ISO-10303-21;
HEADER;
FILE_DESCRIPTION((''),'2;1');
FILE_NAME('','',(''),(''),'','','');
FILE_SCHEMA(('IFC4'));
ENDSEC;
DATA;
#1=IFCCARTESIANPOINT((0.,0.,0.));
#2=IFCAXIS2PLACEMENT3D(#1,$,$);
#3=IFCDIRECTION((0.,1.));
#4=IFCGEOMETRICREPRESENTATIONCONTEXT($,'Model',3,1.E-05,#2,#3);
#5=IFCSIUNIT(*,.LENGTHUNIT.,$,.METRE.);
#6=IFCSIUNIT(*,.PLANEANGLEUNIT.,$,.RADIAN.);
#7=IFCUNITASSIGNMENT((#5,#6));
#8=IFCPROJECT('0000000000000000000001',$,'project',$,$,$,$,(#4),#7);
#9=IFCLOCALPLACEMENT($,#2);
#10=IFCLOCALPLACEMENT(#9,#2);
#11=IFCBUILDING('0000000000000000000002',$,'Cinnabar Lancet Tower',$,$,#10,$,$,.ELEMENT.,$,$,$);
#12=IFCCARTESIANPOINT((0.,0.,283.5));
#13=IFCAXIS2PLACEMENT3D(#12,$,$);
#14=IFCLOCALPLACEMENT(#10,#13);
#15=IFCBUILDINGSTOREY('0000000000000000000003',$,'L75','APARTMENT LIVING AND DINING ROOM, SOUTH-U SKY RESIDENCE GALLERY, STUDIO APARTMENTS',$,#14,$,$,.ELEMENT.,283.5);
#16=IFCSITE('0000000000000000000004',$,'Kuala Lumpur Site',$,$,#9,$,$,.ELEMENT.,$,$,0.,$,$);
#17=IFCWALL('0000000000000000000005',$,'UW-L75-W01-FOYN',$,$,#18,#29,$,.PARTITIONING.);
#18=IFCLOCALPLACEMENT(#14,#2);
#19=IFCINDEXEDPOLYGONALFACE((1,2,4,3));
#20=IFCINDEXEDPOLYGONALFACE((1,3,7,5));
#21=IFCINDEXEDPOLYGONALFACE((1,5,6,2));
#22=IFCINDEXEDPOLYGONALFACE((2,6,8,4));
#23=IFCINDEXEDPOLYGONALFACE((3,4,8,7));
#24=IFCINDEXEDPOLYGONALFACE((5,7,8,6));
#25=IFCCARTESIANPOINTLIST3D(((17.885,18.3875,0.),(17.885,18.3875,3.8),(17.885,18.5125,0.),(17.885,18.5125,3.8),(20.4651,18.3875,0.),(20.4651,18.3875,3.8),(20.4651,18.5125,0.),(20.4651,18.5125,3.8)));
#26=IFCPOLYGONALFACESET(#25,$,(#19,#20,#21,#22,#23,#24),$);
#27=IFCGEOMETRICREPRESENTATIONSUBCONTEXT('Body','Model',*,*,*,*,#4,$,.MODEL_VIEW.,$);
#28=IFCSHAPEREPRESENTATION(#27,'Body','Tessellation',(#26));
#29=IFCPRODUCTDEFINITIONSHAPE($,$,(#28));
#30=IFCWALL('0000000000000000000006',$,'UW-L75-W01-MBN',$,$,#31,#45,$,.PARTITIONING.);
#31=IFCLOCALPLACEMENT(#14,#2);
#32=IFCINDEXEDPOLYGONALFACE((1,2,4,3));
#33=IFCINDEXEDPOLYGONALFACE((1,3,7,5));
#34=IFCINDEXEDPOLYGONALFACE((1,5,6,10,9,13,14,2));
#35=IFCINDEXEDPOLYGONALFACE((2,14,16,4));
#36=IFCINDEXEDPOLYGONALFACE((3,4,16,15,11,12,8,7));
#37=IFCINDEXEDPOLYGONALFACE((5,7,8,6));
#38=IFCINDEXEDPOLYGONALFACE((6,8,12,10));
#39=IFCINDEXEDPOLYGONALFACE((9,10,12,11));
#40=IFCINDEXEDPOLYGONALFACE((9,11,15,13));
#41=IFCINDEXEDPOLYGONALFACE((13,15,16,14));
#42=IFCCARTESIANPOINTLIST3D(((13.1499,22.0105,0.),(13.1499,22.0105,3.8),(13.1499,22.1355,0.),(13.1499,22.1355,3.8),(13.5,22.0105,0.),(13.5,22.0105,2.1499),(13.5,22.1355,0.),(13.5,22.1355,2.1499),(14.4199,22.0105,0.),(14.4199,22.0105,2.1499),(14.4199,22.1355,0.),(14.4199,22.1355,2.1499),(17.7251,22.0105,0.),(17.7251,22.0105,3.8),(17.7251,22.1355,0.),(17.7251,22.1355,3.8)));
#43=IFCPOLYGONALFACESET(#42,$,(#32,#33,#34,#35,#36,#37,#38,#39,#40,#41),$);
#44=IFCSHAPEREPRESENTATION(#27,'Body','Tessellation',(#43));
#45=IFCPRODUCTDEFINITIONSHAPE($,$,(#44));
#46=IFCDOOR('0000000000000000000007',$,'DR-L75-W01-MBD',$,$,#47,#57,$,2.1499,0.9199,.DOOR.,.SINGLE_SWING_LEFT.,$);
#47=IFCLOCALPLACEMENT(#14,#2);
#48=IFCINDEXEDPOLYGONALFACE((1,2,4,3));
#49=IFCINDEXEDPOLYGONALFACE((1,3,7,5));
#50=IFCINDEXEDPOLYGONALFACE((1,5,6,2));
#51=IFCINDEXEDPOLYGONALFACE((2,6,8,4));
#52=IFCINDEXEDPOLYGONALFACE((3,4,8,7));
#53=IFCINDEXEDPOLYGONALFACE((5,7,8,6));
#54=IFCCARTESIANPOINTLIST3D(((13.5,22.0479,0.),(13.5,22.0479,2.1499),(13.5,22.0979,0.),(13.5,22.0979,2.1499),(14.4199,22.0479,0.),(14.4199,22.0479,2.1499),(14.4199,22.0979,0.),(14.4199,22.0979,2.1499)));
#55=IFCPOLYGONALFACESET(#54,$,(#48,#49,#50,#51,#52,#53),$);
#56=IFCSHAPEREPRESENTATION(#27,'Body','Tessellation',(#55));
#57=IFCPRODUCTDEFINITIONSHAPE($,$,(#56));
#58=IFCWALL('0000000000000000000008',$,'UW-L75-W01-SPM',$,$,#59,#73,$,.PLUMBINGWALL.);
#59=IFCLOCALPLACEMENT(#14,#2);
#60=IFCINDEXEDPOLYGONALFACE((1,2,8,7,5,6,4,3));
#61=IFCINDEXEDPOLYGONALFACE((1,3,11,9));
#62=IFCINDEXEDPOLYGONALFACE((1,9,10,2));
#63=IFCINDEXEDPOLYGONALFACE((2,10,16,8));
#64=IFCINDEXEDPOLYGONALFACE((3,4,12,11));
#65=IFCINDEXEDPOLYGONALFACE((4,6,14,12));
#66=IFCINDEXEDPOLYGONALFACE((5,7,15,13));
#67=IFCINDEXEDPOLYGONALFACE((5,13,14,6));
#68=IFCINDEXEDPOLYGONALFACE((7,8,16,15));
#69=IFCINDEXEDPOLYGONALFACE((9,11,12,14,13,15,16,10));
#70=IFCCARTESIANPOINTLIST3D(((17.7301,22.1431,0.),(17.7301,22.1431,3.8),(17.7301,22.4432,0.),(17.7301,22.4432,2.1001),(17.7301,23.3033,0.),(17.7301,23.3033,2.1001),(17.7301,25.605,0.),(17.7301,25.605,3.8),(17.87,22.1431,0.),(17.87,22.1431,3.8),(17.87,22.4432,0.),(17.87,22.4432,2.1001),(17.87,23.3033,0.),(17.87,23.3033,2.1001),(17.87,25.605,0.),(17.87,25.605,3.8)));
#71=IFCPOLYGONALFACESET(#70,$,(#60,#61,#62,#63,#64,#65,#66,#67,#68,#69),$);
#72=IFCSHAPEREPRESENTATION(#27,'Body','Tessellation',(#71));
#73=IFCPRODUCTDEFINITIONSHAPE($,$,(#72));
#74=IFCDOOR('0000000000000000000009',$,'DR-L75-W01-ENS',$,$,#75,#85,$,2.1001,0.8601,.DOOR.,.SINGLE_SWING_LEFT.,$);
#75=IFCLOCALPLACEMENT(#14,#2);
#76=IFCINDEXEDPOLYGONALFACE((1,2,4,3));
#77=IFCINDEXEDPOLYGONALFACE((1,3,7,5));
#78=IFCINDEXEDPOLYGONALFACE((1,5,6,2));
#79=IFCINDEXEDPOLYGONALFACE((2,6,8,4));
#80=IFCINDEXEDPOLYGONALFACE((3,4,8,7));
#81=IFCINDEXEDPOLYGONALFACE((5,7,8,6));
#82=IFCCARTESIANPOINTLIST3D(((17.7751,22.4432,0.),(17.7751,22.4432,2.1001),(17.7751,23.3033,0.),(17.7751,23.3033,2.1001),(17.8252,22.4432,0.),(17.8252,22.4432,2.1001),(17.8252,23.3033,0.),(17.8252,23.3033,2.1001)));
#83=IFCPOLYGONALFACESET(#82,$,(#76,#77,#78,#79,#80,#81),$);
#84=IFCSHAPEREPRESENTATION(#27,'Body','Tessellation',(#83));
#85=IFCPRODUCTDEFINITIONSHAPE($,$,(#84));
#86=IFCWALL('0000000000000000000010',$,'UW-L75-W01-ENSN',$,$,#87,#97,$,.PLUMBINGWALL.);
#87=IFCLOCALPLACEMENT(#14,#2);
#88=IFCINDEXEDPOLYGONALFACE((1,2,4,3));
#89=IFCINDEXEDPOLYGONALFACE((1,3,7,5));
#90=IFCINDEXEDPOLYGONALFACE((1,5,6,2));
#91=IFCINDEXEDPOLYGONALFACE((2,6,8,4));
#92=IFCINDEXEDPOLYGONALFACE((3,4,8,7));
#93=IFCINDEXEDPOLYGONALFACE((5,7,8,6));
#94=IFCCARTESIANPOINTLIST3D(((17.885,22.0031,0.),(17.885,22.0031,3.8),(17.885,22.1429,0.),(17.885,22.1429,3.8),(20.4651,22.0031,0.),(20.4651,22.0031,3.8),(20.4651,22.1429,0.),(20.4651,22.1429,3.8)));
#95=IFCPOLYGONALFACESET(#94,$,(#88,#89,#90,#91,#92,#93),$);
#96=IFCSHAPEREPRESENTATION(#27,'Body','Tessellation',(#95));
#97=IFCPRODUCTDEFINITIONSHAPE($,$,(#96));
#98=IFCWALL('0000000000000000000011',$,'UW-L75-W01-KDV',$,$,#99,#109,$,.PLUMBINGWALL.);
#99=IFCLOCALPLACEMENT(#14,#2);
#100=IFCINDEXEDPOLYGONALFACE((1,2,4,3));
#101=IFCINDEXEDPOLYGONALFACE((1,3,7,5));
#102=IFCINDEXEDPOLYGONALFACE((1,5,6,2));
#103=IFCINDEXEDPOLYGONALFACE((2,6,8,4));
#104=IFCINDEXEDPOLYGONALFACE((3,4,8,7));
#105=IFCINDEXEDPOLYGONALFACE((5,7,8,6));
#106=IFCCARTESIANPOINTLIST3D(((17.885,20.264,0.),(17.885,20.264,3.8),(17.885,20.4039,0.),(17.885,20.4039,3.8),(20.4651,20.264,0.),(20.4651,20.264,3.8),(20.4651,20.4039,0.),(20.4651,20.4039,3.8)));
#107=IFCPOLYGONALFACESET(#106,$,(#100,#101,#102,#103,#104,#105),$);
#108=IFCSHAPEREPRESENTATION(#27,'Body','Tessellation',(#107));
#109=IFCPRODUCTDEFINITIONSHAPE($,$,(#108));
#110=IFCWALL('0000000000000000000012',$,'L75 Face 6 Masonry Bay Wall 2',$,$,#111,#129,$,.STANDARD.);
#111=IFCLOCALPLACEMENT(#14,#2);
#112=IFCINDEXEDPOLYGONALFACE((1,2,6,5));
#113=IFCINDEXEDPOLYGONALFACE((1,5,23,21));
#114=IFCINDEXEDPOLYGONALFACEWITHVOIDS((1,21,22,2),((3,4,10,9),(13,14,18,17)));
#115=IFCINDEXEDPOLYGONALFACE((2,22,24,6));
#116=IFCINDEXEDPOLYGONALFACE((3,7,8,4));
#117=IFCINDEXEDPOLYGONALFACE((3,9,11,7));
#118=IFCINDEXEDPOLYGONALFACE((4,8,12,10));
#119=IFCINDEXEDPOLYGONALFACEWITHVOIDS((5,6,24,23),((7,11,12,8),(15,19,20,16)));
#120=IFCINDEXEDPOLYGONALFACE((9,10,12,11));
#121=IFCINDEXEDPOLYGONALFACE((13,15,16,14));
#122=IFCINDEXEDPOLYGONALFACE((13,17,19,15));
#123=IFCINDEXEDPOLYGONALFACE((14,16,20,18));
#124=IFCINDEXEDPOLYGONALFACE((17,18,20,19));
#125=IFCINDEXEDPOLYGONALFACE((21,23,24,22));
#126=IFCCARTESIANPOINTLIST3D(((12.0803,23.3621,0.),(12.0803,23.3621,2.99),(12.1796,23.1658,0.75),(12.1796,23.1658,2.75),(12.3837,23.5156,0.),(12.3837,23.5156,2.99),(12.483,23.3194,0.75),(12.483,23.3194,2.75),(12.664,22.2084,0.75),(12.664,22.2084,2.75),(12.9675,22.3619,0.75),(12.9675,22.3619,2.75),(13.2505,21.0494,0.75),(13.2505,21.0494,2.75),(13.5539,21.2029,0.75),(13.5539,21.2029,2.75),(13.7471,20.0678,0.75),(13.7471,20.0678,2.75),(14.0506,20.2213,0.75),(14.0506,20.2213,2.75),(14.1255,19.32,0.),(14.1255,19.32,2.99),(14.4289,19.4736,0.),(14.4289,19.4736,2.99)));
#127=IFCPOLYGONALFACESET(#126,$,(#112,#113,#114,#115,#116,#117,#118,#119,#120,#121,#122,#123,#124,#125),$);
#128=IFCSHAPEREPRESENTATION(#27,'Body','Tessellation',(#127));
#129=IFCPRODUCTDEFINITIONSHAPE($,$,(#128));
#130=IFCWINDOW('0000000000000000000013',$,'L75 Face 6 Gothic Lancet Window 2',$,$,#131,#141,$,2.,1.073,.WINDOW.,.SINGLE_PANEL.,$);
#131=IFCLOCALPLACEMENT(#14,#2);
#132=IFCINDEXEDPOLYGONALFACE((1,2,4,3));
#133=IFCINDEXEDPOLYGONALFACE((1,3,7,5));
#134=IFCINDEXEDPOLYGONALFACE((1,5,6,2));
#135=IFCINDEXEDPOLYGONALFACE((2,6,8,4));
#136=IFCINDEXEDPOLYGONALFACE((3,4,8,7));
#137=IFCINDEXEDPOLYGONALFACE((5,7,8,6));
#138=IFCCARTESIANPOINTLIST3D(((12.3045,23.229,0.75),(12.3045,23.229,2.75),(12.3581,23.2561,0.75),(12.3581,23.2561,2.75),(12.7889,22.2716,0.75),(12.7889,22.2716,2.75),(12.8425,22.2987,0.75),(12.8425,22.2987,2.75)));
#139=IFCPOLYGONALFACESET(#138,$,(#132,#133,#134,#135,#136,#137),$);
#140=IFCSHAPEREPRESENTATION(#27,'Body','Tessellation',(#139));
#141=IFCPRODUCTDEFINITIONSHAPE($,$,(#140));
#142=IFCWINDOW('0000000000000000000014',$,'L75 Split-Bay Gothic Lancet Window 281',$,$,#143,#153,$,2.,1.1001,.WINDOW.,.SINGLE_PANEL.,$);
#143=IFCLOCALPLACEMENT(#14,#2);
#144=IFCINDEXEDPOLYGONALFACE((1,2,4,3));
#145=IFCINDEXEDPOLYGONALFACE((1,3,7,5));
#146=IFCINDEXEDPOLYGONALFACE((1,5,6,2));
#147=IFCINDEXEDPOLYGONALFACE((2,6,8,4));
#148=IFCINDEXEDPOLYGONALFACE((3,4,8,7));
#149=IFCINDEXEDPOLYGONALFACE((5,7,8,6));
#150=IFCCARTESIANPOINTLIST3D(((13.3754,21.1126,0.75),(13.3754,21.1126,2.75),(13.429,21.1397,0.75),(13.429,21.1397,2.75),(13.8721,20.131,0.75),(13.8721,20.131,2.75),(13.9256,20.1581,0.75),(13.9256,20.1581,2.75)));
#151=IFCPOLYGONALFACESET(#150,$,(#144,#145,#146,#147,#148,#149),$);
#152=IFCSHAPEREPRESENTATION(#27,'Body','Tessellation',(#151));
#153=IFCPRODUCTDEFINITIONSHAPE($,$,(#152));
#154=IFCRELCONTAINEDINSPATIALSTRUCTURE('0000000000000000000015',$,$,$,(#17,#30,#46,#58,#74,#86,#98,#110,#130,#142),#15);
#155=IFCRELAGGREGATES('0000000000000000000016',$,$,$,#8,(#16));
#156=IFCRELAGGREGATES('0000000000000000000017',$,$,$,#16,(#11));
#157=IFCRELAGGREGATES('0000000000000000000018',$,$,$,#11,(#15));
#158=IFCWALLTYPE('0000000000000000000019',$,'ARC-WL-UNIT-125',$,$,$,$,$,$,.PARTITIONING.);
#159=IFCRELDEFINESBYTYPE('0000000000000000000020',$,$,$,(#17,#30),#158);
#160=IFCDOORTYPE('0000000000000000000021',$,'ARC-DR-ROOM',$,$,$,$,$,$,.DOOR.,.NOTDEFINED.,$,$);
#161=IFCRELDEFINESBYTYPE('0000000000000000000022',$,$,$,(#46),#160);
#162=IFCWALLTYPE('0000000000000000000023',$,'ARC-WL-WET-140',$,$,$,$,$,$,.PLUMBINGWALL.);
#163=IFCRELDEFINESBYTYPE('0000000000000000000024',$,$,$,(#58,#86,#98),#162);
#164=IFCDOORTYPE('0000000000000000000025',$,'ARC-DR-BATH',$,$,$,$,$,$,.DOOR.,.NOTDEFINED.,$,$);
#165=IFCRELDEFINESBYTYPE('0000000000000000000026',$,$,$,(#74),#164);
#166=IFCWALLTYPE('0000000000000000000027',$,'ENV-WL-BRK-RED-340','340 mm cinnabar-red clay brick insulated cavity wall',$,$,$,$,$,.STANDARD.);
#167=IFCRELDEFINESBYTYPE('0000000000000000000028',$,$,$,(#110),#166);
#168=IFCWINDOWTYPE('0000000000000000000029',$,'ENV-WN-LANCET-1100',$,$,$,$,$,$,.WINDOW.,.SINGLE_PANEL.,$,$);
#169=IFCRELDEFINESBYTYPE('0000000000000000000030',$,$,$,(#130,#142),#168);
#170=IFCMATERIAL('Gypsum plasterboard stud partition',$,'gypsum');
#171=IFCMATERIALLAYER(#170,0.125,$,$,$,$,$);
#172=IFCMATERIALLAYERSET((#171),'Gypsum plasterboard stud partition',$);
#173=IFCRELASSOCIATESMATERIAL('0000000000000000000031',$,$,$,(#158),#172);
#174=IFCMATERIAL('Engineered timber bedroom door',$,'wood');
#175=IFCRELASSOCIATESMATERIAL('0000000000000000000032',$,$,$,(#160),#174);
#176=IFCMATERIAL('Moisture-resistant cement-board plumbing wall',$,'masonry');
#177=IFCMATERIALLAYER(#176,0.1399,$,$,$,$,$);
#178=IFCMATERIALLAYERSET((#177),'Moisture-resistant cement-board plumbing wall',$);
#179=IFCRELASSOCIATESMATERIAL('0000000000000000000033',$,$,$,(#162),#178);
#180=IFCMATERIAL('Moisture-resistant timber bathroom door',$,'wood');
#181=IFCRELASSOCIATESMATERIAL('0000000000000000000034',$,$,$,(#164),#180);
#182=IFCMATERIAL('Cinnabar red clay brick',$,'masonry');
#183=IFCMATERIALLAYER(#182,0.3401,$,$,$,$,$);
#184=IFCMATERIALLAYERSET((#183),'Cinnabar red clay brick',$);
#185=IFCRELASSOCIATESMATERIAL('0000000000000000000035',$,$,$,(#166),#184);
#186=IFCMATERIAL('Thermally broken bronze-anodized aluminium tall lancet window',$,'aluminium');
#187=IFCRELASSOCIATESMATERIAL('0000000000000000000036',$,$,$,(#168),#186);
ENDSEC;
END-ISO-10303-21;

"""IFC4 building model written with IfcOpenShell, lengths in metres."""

from ifc_helpers import new_model, si_unit, direction, frame, frame_2d, origin, place, context, subcontext, project, spatial, rectangle, extrude, material, layer, layer_set, type_object, element, fill, save


model = new_model("IFC4")

# Units and contexts
model_context = context("Model", 3, precision=1e-05, world=origin(), true_north=direction((0.0, 1.0)))
body_context = subcontext(model_context, "Body", "Model", "MODEL_VIEW")
ifc_project = project(units=[si_unit("LENGTHUNIT", "METRE"), si_unit("PLANEANGLEUNIT", "RADIAN")], contexts=[model_context])

# Site, building, storey
site_placement = place(None, origin())
site = spatial("IfcSite", under=ifc_project, at=site_placement, Name="Kuala Lumpur Site", CompositionType="ELEMENT", RefElevation=0.0)
building_placement = place(site_placement, origin())
building = spatial("IfcBuilding", under=site, at=building_placement, Name="Cinnabar Lancet Tower", CompositionType="ELEMENT")
storey_placement = place(building_placement, frame((0.0, 0.0, 283.5)))
storey = spatial("IfcBuildingStorey", under=building, at=storey_placement, Name="L75", Description="APARTMENT LIVING AND DINING ROOM, SOUTH-U SKY RESIDENCE GALLERY, STUDIO APARTMENTS", CompositionType="ELEMENT", Elevation=283.5)

# Wall
ifc_material_1 = material(Name="Gypsum plasterboard stud partition", Category="gypsum")
ifc_layer_1 = layer(ifc_material_1, 0.125)
ifc_layer_set_1 = layer_set([ifc_layer_1], Name="Gypsum plasterboard stud partition")
wall_type_1 = type_object("IfcWallType", Name="ARC-WL-UNIT-125", PredefinedType="PARTITIONING", material=ifc_layer_set_1)
wall_1_placement = place(storey_placement, frame((17.885, 18.45, 0.0), z_axis=(0.0, 0.0, 1.0), x_axis=(1.0, 0.0, 0.0)))
element("IfcWall", 1, at=wall_1_placement, inside=storey, type_object=wall_type_1, Name="UW-L75-W01-FOYN", PredefinedType="PARTITIONING", context=body_context, shape_type="SweptSolid", body=[
    extrude(rectangle(XDim=2.5801, YDim=0.125, at=frame_2d((1.29, 0.0))), origin(), (0.0, 0.0, 1.0), 3.8),
])

# Wall, opening, door
wall_2_placement = place(storey_placement, frame((13.1499, 22.073, 0.0), z_axis=(0.0, 0.0, 1.0), x_axis=(1.0, 0.0, 0.0)))
wall_2 = element("IfcWall", 2, at=wall_2_placement, inside=storey, type_object=wall_type_1, Name="UW-L75-W01-MBN", PredefinedType="PARTITIONING", context=body_context, shape_type="SweptSolid", body=[
    extrude(rectangle(XDim=4.5752, YDim=0.125, at=frame_2d((2.2876, 0.0))), origin(), (0.0, 0.0, 1.0), 3.8),
])
opening_1_placement = place(wall_2_placement, frame((0.3501, 0.0, 0.0)))
opening_1 = element("IfcOpeningElement", 3, at=opening_1_placement, cuts=wall_2, PredefinedType="OPENING", context=body_context, shape_type="SweptSolid", body=[
    extrude(rectangle(XDim=0.9199, YDim=2.1499, at=frame_2d((0.46, 1.075))), frame((0.0, 0.0725, 0.0), z_axis=(0.0, -1.0, 0.0), x_axis=(1.0, 0.0, 0.0)), (0.0, 0.0, 1.0), 0.145),
])
ifc_material_2 = material(Name="Engineered timber bedroom door", Category="wood")
door_type_1 = type_object("IfcDoorType", Name="ARC-DR-ROOM", OperationType="NOTDEFINED", PredefinedType="DOOR", material=ifc_material_2)
door_1_placement = place(opening_1_placement, origin())
door_1 = element("IfcDoor", 4, at=door_1_placement, inside=storey, type_object=door_type_1, Name="DR-L75-W01-MBD", OperationType="SINGLE_SWING_LEFT", OverallHeight=2.1499, OverallWidth=0.9199, PredefinedType="DOOR", context=body_context, shape_type="SweptSolid", body=[
    extrude(rectangle(XDim=0.9199, YDim=2.1499, at=frame_2d((0.46, 1.075))), frame((0.0, 0.0249, 0.0), z_axis=(0.0, -1.0, 0.0), x_axis=(1.0, 0.0, 0.0)), (0.0, 0.0, 1.0), 0.05),
])
fill(opening_1, door_1)

# Shared definitions
ifc_material_3 = material(Name="Moisture-resistant cement-board plumbing wall", Category="masonry")
ifc_layer_2 = layer(ifc_material_3, 0.1399)
ifc_layer_set_2 = layer_set([ifc_layer_2], Name="Moisture-resistant cement-board plumbing wall")
wall_type_2 = type_object("IfcWallType", Name="ARC-WL-WET-140", PredefinedType="PLUMBINGWALL", material=ifc_layer_set_2)
ifc_material_4 = material(Name="Moisture-resistant timber bathroom door", Category="wood")
door_type_2 = type_object("IfcDoorType", Name="ARC-DR-BATH", OperationType="NOTDEFINED", PredefinedType="DOOR", material=ifc_material_4)

# Wall, opening, door
wall_3_placement = place(storey_placement, frame((17.8, 22.1431, 0.0), z_axis=(0.0, 0.0, 1.0), x_axis=(0.0, 1.0, 0.0)))
wall_3 = element("IfcWall", 5, at=wall_3_placement, inside=storey, type_object=wall_type_2, Name="UW-L75-W01-SPM", PredefinedType="PLUMBINGWALL", context=body_context, shape_type="SweptSolid", body=[
    extrude(rectangle(XDim=3.4619, YDim=0.1399, at=frame_2d((1.731, 0.0))), origin(), (0.0, 0.0, 1.0), 3.8),
])
opening_2_placement = place(wall_3_placement, frame((0.3, 0.0, 0.0)))
opening_2 = element("IfcOpeningElement", 6, at=opening_2_placement, cuts=wall_3, PredefinedType="OPENING", context=body_context, shape_type="SweptSolid", body=[
    extrude(rectangle(XDim=0.8601, YDim=2.1001, at=frame_2d((0.4302, 1.05))), frame((0.0, 0.0798, 0.0), z_axis=(0.0, -1.0, 0.0), x_axis=(1.0, 0.0, 0.0)), (0.0, 0.0, 1.0), 0.1599),
])
door_2_placement = place(opening_2_placement, origin())
door_2 = element("IfcDoor", 7, at=door_2_placement, inside=storey, type_object=door_type_2, Name="DR-L75-W01-ENS", OperationType="SINGLE_SWING_LEFT", OverallHeight=2.1001, OverallWidth=0.8601, PredefinedType="DOOR", context=body_context, shape_type="SweptSolid", body=[
    extrude(rectangle(XDim=0.8601, YDim=2.1001, at=frame_2d((0.4302, 1.05))), frame((0.0, 0.0249, 0.0), z_axis=(0.0, -1.0, 0.0), x_axis=(1.0, 0.0, 0.0)), (0.0, 0.0, 1.0), 0.05),
])
fill(opening_2, door_2)

# Walls
for number, where, z_axis, x_axis, name in (
    (8, (17.885, 22.073, 0.0), (0.0, 0.0, 1.0), (1.0, 0.0, 0.0), "UW-L75-W01-ENSN"),
    (9, (17.885, 20.334, 0.0), (0.0, 0.0, 1.0), (1.0, 0.0, 0.0), "UW-L75-W01-KDV"),
):
    element("IfcWall", number, at=place(storey_placement, frame(where, z_axis=z_axis, x_axis=x_axis)), inside=storey, type_object=wall_type_2, Name=name, PredefinedType="PLUMBINGWALL", context=body_context, shape_type="SweptSolid", body=[
        extrude(rectangle(XDim=2.5801, YDim=0.1399, at=frame_2d((1.29, 0.0))), origin(), (0.0, 0.0, 1.0), 3.8),
    ])

# Wall, openings, windows
ifc_material_5 = material(Name="Cinnabar red clay brick", Category="masonry")
ifc_layer_3 = layer(ifc_material_5, 0.3401)
ifc_layer_set_3 = layer_set([ifc_layer_3], Name="Cinnabar red clay brick")
wall_type_3 = type_object("IfcWallType", Name="ENV-WL-BRK-RED-340", Description="340 mm cinnabar-red clay brick insulated cavity wall", PredefinedType="STANDARD", material=ifc_layer_set_3)
wall_4_placement = place(storey_placement, frame((12.2319, 23.439, 0.0), z_axis=(0.0, 0.0, 1.0), x_axis=(0.451477, -0.892283, 0.0)))
wall_4 = element("IfcWall", 10, at=wall_4_placement, inside=storey, type_object=wall_type_3, Name="L75 Face 6 Masonry Bay Wall 2", PredefinedType="STANDARD", context=body_context, shape_type="SweptSolid", body=[
    extrude(rectangle(XDim=4.53, YDim=0.3401, at=frame_2d((2.2651, 0.0))), origin(), (0.0, 0.0, 1.0), 2.99),
])
opening_3_placement = place(wall_4_placement, frame((0.22, 0.0, 0.75)))
opening_3 = element("IfcOpeningElement", 11, at=opening_3_placement, cuts=wall_4, PredefinedType="OPENING", context=body_context, shape_type="SweptSolid", body=[
    extrude(rectangle(XDim=1.073, YDim=2.0, at=frame_2d((0.5366, 1.0))), frame((0.0, 0.1799, 0.0), z_axis=(0.0, -1.0, 0.0), x_axis=(1.0, 0.0, 0.0)), (0.0, 0.0, 1.0), 0.3601),
])
opening_4_placement = place(wall_4_placement, frame((2.592, 0.0, 0.75)))
opening_4 = element("IfcOpeningElement", 12, at=opening_4_placement, cuts=wall_4, PredefinedType="OPENING", context=body_context, shape_type="SweptSolid", body=[
    extrude(rectangle(XDim=1.1001, YDim=2.0, at=frame_2d((0.55, 1.0))), frame((0.0, 0.1799, 0.0), z_axis=(0.0, -1.0, 0.0), x_axis=(1.0, 0.0, 0.0)), (0.0, 0.0, 1.0), 0.3601),
])
ifc_material_6 = material(Name="Thermally broken bronze-anodized aluminium tall lancet window", Category="aluminium")
window_type = type_object("IfcWindowType", Name="ENV-WN-LANCET-1100", PartitioningType="SINGLE_PANEL", PredefinedType="WINDOW", material=ifc_material_6)
window_1_placement = place(opening_3_placement, origin())
window_1 = element("IfcWindow", 13, at=window_1_placement, inside=storey, type_object=window_type, Name="L75 Face 6 Gothic Lancet Window 2", OverallHeight=2.0, OverallWidth=1.073, PartitioningType="SINGLE_PANEL", PredefinedType="WINDOW", context=body_context, shape_type="SweptSolid", body=[
    extrude(rectangle(XDim=1.073, YDim=2.0, at=frame_2d((0.5366, 1.0))), frame((0.0, 0.03, 0.0), z_axis=(0.0, -1.0, 0.0), x_axis=(1.0, 0.0, 0.0)), (0.0, 0.0, 1.0), 0.0601),
])
fill(opening_3, window_1)
window_2_placement = place(opening_4_placement, origin())
window_2 = element("IfcWindow", 14, at=window_2_placement, inside=storey, type_object=window_type, Name="L75 Split-Bay Gothic Lancet Window 281", OverallHeight=2.0, OverallWidth=1.1001, PartitioningType="SINGLE_PANEL", PredefinedType="WINDOW", context=body_context, shape_type="SweptSolid", body=[
    extrude(rectangle(XDim=1.1001, YDim=2.0, at=frame_2d((0.55, 1.0))), frame((0.0, 0.03, 0.0), z_axis=(0.0, -1.0, 0.0), x_axis=(1.0, 0.0, 0.0)), (0.0, 0.0, 1.0), 0.0601),
])
fill(opening_4, window_2)

save(model, "model.ifc")
